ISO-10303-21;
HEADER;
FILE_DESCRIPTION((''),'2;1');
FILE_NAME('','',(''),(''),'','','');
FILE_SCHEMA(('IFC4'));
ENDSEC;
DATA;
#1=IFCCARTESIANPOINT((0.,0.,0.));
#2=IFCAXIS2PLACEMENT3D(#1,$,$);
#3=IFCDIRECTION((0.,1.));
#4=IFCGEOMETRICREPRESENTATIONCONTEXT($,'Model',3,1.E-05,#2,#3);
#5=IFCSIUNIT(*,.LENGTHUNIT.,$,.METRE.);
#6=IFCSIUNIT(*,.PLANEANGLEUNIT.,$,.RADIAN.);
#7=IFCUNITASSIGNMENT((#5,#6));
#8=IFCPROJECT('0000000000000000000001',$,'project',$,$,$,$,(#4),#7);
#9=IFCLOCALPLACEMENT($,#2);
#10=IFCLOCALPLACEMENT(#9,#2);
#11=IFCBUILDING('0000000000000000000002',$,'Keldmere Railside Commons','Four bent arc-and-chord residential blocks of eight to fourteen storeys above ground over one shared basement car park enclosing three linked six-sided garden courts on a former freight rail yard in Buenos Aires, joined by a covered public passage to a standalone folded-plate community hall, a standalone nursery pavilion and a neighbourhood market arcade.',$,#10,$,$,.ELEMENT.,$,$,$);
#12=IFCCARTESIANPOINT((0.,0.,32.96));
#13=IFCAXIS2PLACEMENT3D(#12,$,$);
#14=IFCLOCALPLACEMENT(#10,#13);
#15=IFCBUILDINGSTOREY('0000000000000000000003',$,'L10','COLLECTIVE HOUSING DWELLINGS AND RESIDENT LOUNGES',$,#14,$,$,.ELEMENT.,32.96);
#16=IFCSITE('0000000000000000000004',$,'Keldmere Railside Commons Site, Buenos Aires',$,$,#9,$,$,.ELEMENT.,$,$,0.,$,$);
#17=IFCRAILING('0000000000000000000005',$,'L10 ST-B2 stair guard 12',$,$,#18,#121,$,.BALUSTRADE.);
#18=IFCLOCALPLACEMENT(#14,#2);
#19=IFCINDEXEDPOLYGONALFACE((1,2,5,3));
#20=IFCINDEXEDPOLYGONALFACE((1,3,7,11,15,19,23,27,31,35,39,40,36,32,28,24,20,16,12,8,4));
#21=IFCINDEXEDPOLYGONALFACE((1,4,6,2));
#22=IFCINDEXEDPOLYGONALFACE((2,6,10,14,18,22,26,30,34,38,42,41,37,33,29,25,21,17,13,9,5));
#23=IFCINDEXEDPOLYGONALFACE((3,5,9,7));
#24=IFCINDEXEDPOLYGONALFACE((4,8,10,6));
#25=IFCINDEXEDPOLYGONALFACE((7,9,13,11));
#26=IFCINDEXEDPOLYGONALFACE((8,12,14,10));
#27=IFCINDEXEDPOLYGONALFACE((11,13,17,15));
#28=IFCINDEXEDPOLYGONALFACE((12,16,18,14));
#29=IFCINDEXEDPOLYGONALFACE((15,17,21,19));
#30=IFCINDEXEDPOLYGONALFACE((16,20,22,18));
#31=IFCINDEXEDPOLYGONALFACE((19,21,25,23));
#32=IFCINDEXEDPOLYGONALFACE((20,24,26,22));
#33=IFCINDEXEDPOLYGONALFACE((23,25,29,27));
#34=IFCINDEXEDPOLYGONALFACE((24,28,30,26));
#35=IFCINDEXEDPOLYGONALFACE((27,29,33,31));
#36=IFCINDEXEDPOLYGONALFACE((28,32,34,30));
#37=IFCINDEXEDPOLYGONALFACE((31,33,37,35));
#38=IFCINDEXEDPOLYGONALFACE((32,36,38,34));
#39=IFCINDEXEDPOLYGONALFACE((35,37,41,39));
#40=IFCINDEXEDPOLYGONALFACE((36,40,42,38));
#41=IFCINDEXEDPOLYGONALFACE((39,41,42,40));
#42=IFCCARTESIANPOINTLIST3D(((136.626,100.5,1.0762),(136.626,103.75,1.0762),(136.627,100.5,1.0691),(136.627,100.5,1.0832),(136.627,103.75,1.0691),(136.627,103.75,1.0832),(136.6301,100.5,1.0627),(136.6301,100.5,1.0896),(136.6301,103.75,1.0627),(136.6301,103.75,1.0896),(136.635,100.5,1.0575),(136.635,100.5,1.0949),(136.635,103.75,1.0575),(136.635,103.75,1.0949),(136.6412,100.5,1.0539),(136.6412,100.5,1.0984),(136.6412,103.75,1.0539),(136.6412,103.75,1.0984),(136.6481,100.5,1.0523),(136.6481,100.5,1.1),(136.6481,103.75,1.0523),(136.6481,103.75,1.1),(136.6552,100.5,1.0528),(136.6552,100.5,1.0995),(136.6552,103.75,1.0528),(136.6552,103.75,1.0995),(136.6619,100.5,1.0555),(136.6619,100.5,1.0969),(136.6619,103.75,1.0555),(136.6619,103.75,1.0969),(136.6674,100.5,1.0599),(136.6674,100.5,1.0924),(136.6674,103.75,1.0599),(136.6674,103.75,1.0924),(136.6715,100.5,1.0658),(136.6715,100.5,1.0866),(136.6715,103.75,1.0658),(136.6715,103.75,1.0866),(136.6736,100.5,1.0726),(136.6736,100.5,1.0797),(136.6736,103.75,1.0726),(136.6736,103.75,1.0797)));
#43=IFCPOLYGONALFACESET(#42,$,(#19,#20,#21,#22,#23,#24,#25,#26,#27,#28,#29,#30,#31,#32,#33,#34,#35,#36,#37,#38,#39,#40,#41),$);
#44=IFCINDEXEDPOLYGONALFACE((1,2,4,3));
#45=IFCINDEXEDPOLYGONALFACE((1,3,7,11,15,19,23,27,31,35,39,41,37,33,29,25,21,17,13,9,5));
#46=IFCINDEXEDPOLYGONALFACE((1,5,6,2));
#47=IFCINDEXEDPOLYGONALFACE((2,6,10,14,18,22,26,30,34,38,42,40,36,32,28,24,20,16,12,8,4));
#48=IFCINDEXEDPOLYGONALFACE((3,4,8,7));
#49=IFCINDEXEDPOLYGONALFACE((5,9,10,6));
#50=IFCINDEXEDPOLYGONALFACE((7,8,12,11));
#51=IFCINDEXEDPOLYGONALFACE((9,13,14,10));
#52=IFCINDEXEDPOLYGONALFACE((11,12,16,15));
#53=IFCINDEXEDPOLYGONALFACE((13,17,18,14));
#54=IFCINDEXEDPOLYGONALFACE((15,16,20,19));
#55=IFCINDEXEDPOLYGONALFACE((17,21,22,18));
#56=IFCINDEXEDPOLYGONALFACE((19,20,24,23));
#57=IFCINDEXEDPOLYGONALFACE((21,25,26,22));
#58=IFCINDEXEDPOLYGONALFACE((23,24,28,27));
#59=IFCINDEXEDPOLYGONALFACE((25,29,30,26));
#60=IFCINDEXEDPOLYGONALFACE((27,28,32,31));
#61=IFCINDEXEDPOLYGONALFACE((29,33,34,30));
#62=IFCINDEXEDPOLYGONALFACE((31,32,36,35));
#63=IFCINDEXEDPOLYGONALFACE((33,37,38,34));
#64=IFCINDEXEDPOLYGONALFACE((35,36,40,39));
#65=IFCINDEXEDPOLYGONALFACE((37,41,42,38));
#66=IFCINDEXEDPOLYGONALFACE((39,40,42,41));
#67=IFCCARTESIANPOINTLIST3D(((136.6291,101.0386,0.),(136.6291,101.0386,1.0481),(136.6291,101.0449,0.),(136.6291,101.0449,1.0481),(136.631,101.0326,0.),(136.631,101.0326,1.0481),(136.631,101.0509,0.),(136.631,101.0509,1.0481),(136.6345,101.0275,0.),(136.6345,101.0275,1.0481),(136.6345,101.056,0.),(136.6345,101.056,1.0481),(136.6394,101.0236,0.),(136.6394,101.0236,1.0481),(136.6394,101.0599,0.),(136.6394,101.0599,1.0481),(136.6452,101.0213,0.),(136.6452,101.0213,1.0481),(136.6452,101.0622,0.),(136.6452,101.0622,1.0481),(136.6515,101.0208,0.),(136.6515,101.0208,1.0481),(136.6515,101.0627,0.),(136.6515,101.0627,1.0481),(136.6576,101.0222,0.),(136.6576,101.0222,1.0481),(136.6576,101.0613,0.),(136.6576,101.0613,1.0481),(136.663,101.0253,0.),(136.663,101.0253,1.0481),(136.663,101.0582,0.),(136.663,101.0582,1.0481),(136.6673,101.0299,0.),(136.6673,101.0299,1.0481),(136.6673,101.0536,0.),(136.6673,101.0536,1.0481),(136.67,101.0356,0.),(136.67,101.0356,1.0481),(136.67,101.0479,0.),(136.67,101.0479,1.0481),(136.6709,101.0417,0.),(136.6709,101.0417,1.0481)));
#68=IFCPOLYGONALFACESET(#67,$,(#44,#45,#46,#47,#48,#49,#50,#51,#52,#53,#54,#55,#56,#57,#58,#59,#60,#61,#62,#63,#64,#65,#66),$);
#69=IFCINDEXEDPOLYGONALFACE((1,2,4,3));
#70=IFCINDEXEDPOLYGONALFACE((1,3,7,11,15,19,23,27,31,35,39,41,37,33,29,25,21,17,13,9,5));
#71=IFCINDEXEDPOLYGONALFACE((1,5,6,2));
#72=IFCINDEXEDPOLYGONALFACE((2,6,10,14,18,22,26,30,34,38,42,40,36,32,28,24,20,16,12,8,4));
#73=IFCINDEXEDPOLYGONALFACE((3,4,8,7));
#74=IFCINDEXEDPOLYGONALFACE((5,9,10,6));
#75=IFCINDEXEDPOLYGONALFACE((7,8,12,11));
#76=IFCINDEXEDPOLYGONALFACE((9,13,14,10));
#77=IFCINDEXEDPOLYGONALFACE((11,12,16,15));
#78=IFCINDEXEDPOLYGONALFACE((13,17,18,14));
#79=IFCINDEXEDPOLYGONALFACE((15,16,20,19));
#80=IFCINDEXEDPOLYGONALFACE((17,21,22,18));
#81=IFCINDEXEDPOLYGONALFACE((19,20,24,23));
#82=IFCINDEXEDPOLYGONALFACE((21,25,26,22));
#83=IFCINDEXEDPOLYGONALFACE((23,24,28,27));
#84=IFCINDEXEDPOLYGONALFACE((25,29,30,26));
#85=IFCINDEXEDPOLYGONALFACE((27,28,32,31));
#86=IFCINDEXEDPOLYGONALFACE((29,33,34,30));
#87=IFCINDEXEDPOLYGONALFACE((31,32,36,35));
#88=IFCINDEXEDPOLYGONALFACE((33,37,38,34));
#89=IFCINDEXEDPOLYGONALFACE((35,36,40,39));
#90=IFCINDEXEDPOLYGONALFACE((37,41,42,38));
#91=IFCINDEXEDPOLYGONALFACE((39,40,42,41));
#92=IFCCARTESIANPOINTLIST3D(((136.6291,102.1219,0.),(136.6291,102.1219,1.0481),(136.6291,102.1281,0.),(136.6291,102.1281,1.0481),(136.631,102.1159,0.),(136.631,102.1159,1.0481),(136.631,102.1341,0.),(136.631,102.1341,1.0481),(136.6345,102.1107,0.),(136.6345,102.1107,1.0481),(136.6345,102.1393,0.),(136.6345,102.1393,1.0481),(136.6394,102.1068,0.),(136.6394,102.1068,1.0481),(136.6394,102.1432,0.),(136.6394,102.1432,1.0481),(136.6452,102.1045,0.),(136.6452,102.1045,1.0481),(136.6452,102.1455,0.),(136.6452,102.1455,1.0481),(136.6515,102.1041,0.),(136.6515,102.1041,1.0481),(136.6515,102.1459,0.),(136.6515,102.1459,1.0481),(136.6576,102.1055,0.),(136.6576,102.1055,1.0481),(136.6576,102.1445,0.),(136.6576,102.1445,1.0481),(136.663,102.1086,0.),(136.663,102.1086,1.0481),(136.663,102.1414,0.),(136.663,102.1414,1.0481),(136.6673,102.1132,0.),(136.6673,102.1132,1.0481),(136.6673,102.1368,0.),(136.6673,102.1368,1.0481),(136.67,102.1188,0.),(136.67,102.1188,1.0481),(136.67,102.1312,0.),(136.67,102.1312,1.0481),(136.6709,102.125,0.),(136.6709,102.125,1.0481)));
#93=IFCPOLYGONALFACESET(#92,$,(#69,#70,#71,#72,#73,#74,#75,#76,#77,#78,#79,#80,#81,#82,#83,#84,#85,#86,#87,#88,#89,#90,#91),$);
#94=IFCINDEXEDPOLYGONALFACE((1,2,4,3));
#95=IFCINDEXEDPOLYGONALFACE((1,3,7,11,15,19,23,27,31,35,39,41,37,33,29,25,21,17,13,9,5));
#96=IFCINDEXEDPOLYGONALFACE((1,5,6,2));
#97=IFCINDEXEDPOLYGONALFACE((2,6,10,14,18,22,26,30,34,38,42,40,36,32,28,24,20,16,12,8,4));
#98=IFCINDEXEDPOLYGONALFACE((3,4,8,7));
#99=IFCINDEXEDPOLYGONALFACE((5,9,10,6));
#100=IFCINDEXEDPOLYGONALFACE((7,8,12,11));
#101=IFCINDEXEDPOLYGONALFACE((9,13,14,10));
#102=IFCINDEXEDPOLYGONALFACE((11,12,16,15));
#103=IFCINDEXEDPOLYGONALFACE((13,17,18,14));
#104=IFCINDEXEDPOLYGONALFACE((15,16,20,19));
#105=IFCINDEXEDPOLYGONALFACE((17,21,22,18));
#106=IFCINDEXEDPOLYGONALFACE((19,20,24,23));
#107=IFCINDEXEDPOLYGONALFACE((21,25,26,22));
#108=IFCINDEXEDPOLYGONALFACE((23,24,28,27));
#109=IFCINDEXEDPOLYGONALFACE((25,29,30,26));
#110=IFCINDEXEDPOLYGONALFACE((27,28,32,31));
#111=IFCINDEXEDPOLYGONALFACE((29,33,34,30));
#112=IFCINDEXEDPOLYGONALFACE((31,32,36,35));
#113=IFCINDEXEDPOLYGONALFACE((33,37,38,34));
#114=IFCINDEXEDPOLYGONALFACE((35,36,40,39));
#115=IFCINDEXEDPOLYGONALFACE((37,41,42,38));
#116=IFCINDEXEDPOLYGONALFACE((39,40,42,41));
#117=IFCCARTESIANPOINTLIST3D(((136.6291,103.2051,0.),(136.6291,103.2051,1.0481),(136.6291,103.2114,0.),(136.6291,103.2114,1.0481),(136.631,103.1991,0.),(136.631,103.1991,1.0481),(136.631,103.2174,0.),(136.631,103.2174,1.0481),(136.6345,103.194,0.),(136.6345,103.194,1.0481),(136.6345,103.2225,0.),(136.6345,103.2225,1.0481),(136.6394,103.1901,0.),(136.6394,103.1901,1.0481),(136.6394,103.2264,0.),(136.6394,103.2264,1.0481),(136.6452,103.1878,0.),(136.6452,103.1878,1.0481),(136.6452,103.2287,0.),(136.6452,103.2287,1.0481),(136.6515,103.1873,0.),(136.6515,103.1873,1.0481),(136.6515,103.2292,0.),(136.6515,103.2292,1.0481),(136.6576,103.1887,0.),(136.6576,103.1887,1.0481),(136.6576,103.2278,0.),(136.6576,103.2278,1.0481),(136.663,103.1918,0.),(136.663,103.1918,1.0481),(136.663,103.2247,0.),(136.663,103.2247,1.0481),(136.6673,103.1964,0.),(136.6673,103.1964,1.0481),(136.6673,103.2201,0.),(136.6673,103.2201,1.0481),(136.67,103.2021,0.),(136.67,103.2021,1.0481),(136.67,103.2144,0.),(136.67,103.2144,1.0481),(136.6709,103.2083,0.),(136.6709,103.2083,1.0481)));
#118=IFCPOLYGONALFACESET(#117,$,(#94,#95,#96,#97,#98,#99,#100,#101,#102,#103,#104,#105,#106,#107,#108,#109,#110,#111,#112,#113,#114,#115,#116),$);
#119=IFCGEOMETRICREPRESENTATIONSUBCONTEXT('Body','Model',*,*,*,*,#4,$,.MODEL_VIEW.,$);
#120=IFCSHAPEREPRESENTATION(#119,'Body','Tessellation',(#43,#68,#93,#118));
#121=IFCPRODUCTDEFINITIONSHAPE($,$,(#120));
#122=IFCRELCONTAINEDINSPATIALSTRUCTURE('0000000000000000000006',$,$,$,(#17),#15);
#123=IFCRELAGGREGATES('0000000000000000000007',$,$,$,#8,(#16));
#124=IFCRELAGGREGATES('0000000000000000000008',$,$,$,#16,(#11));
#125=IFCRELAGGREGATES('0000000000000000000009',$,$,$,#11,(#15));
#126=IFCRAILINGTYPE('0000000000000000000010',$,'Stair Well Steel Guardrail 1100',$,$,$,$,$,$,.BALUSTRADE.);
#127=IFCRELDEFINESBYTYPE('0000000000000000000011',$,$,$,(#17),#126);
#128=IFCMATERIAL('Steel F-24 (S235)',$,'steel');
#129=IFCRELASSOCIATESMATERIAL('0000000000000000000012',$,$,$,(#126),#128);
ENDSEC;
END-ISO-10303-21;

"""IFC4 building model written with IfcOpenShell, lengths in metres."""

from ifc_helpers import new_model, si_unit, direction, frame, origin, origin_2d, place, context, subcontext, project, spatial, circle, extrude, material, type_object, element, save


model = new_model("IFC4")

# Units and contexts
model_context = context("Model", 3, precision=1e-05, world=origin(), true_north=direction((0.0, 1.0)))
body_context = subcontext(model_context, "Body", "Model", "MODEL_VIEW")
ifc_project = project(units=[si_unit("LENGTHUNIT", "METRE"), si_unit("PLANEANGLEUNIT", "RADIAN")], contexts=[model_context])

# Site, building, storey
site_placement = place(None, origin())
site = spatial("IfcSite", under=ifc_project, at=site_placement, Name="Keldmere Railside Commons Site, Buenos Aires", CompositionType="ELEMENT", RefElevation=0.0)
building_placement = place(site_placement, origin())
building = spatial("IfcBuilding", under=site, at=building_placement, Name="Keldmere Railside Commons", Description="Four bent arc-and-chord residential blocks of eight to fourteen storeys above ground over one shared basement car park enclosing three linked six-sided garden courts on a former freight rail yard in Buenos Aires, joined by a covered public passage to a standalone folded-plate community hall, a standalone nursery pavilion and a neighbourhood market arcade.", CompositionType="ELEMENT")
storey_placement = place(building_placement, frame((0.0, 0.0, 32.96)))
storey = spatial("IfcBuildingStorey", under=building, at=storey_placement, Name="L10", Description="COLLECTIVE HOUSING DWELLINGS AND RESIDENT LOUNGES", CompositionType="ELEMENT", Elevation=32.96)

# Railing
ifc_material_1 = material(Name="Steel F-24 (S235)", Category="steel")
railing_type = type_object("IfcRailingType", Name="Stair Well Steel Guardrail 1100", PredefinedType="BALUSTRADE", material=ifc_material_1)
railing_1_placement = place(storey_placement, frame((136.6499, 100.5, 0.0)))
element("IfcRailing", 1, at=railing_1_placement, inside=storey, type_object=railing_type, Name="L10 ST-B2 stair guard 12", PredefinedType="BALUSTRADE", context=body_context, shape_type="SweptSolid", body=[
    extrude(circle(Radius=0.0239, at=origin_2d()), frame((0.0, 0.0, 1.0762), z_axis=(0.0, 1.0, 0.0), x_axis=(-1.0, 0.0, 0.0)), (0.0, 0.0, 1.0), 3.25),
    extrude(circle(Radius=0.021, at=origin_2d()), frame((0.0, 0.5417, 0.0)), (0.0, 0.0, 1.0), 1.0481),
    extrude(circle(Radius=0.021, at=origin_2d()), frame((0.0, 1.625, 0.0)), (0.0, 0.0, 1.0), 1.0481),
    extrude(circle(Radius=0.021, at=origin_2d()), frame((0.0, 2.7083, 0.0)), (0.0, 0.0, 1.0), 1.0481),
])

save(model, "model.ifc")
